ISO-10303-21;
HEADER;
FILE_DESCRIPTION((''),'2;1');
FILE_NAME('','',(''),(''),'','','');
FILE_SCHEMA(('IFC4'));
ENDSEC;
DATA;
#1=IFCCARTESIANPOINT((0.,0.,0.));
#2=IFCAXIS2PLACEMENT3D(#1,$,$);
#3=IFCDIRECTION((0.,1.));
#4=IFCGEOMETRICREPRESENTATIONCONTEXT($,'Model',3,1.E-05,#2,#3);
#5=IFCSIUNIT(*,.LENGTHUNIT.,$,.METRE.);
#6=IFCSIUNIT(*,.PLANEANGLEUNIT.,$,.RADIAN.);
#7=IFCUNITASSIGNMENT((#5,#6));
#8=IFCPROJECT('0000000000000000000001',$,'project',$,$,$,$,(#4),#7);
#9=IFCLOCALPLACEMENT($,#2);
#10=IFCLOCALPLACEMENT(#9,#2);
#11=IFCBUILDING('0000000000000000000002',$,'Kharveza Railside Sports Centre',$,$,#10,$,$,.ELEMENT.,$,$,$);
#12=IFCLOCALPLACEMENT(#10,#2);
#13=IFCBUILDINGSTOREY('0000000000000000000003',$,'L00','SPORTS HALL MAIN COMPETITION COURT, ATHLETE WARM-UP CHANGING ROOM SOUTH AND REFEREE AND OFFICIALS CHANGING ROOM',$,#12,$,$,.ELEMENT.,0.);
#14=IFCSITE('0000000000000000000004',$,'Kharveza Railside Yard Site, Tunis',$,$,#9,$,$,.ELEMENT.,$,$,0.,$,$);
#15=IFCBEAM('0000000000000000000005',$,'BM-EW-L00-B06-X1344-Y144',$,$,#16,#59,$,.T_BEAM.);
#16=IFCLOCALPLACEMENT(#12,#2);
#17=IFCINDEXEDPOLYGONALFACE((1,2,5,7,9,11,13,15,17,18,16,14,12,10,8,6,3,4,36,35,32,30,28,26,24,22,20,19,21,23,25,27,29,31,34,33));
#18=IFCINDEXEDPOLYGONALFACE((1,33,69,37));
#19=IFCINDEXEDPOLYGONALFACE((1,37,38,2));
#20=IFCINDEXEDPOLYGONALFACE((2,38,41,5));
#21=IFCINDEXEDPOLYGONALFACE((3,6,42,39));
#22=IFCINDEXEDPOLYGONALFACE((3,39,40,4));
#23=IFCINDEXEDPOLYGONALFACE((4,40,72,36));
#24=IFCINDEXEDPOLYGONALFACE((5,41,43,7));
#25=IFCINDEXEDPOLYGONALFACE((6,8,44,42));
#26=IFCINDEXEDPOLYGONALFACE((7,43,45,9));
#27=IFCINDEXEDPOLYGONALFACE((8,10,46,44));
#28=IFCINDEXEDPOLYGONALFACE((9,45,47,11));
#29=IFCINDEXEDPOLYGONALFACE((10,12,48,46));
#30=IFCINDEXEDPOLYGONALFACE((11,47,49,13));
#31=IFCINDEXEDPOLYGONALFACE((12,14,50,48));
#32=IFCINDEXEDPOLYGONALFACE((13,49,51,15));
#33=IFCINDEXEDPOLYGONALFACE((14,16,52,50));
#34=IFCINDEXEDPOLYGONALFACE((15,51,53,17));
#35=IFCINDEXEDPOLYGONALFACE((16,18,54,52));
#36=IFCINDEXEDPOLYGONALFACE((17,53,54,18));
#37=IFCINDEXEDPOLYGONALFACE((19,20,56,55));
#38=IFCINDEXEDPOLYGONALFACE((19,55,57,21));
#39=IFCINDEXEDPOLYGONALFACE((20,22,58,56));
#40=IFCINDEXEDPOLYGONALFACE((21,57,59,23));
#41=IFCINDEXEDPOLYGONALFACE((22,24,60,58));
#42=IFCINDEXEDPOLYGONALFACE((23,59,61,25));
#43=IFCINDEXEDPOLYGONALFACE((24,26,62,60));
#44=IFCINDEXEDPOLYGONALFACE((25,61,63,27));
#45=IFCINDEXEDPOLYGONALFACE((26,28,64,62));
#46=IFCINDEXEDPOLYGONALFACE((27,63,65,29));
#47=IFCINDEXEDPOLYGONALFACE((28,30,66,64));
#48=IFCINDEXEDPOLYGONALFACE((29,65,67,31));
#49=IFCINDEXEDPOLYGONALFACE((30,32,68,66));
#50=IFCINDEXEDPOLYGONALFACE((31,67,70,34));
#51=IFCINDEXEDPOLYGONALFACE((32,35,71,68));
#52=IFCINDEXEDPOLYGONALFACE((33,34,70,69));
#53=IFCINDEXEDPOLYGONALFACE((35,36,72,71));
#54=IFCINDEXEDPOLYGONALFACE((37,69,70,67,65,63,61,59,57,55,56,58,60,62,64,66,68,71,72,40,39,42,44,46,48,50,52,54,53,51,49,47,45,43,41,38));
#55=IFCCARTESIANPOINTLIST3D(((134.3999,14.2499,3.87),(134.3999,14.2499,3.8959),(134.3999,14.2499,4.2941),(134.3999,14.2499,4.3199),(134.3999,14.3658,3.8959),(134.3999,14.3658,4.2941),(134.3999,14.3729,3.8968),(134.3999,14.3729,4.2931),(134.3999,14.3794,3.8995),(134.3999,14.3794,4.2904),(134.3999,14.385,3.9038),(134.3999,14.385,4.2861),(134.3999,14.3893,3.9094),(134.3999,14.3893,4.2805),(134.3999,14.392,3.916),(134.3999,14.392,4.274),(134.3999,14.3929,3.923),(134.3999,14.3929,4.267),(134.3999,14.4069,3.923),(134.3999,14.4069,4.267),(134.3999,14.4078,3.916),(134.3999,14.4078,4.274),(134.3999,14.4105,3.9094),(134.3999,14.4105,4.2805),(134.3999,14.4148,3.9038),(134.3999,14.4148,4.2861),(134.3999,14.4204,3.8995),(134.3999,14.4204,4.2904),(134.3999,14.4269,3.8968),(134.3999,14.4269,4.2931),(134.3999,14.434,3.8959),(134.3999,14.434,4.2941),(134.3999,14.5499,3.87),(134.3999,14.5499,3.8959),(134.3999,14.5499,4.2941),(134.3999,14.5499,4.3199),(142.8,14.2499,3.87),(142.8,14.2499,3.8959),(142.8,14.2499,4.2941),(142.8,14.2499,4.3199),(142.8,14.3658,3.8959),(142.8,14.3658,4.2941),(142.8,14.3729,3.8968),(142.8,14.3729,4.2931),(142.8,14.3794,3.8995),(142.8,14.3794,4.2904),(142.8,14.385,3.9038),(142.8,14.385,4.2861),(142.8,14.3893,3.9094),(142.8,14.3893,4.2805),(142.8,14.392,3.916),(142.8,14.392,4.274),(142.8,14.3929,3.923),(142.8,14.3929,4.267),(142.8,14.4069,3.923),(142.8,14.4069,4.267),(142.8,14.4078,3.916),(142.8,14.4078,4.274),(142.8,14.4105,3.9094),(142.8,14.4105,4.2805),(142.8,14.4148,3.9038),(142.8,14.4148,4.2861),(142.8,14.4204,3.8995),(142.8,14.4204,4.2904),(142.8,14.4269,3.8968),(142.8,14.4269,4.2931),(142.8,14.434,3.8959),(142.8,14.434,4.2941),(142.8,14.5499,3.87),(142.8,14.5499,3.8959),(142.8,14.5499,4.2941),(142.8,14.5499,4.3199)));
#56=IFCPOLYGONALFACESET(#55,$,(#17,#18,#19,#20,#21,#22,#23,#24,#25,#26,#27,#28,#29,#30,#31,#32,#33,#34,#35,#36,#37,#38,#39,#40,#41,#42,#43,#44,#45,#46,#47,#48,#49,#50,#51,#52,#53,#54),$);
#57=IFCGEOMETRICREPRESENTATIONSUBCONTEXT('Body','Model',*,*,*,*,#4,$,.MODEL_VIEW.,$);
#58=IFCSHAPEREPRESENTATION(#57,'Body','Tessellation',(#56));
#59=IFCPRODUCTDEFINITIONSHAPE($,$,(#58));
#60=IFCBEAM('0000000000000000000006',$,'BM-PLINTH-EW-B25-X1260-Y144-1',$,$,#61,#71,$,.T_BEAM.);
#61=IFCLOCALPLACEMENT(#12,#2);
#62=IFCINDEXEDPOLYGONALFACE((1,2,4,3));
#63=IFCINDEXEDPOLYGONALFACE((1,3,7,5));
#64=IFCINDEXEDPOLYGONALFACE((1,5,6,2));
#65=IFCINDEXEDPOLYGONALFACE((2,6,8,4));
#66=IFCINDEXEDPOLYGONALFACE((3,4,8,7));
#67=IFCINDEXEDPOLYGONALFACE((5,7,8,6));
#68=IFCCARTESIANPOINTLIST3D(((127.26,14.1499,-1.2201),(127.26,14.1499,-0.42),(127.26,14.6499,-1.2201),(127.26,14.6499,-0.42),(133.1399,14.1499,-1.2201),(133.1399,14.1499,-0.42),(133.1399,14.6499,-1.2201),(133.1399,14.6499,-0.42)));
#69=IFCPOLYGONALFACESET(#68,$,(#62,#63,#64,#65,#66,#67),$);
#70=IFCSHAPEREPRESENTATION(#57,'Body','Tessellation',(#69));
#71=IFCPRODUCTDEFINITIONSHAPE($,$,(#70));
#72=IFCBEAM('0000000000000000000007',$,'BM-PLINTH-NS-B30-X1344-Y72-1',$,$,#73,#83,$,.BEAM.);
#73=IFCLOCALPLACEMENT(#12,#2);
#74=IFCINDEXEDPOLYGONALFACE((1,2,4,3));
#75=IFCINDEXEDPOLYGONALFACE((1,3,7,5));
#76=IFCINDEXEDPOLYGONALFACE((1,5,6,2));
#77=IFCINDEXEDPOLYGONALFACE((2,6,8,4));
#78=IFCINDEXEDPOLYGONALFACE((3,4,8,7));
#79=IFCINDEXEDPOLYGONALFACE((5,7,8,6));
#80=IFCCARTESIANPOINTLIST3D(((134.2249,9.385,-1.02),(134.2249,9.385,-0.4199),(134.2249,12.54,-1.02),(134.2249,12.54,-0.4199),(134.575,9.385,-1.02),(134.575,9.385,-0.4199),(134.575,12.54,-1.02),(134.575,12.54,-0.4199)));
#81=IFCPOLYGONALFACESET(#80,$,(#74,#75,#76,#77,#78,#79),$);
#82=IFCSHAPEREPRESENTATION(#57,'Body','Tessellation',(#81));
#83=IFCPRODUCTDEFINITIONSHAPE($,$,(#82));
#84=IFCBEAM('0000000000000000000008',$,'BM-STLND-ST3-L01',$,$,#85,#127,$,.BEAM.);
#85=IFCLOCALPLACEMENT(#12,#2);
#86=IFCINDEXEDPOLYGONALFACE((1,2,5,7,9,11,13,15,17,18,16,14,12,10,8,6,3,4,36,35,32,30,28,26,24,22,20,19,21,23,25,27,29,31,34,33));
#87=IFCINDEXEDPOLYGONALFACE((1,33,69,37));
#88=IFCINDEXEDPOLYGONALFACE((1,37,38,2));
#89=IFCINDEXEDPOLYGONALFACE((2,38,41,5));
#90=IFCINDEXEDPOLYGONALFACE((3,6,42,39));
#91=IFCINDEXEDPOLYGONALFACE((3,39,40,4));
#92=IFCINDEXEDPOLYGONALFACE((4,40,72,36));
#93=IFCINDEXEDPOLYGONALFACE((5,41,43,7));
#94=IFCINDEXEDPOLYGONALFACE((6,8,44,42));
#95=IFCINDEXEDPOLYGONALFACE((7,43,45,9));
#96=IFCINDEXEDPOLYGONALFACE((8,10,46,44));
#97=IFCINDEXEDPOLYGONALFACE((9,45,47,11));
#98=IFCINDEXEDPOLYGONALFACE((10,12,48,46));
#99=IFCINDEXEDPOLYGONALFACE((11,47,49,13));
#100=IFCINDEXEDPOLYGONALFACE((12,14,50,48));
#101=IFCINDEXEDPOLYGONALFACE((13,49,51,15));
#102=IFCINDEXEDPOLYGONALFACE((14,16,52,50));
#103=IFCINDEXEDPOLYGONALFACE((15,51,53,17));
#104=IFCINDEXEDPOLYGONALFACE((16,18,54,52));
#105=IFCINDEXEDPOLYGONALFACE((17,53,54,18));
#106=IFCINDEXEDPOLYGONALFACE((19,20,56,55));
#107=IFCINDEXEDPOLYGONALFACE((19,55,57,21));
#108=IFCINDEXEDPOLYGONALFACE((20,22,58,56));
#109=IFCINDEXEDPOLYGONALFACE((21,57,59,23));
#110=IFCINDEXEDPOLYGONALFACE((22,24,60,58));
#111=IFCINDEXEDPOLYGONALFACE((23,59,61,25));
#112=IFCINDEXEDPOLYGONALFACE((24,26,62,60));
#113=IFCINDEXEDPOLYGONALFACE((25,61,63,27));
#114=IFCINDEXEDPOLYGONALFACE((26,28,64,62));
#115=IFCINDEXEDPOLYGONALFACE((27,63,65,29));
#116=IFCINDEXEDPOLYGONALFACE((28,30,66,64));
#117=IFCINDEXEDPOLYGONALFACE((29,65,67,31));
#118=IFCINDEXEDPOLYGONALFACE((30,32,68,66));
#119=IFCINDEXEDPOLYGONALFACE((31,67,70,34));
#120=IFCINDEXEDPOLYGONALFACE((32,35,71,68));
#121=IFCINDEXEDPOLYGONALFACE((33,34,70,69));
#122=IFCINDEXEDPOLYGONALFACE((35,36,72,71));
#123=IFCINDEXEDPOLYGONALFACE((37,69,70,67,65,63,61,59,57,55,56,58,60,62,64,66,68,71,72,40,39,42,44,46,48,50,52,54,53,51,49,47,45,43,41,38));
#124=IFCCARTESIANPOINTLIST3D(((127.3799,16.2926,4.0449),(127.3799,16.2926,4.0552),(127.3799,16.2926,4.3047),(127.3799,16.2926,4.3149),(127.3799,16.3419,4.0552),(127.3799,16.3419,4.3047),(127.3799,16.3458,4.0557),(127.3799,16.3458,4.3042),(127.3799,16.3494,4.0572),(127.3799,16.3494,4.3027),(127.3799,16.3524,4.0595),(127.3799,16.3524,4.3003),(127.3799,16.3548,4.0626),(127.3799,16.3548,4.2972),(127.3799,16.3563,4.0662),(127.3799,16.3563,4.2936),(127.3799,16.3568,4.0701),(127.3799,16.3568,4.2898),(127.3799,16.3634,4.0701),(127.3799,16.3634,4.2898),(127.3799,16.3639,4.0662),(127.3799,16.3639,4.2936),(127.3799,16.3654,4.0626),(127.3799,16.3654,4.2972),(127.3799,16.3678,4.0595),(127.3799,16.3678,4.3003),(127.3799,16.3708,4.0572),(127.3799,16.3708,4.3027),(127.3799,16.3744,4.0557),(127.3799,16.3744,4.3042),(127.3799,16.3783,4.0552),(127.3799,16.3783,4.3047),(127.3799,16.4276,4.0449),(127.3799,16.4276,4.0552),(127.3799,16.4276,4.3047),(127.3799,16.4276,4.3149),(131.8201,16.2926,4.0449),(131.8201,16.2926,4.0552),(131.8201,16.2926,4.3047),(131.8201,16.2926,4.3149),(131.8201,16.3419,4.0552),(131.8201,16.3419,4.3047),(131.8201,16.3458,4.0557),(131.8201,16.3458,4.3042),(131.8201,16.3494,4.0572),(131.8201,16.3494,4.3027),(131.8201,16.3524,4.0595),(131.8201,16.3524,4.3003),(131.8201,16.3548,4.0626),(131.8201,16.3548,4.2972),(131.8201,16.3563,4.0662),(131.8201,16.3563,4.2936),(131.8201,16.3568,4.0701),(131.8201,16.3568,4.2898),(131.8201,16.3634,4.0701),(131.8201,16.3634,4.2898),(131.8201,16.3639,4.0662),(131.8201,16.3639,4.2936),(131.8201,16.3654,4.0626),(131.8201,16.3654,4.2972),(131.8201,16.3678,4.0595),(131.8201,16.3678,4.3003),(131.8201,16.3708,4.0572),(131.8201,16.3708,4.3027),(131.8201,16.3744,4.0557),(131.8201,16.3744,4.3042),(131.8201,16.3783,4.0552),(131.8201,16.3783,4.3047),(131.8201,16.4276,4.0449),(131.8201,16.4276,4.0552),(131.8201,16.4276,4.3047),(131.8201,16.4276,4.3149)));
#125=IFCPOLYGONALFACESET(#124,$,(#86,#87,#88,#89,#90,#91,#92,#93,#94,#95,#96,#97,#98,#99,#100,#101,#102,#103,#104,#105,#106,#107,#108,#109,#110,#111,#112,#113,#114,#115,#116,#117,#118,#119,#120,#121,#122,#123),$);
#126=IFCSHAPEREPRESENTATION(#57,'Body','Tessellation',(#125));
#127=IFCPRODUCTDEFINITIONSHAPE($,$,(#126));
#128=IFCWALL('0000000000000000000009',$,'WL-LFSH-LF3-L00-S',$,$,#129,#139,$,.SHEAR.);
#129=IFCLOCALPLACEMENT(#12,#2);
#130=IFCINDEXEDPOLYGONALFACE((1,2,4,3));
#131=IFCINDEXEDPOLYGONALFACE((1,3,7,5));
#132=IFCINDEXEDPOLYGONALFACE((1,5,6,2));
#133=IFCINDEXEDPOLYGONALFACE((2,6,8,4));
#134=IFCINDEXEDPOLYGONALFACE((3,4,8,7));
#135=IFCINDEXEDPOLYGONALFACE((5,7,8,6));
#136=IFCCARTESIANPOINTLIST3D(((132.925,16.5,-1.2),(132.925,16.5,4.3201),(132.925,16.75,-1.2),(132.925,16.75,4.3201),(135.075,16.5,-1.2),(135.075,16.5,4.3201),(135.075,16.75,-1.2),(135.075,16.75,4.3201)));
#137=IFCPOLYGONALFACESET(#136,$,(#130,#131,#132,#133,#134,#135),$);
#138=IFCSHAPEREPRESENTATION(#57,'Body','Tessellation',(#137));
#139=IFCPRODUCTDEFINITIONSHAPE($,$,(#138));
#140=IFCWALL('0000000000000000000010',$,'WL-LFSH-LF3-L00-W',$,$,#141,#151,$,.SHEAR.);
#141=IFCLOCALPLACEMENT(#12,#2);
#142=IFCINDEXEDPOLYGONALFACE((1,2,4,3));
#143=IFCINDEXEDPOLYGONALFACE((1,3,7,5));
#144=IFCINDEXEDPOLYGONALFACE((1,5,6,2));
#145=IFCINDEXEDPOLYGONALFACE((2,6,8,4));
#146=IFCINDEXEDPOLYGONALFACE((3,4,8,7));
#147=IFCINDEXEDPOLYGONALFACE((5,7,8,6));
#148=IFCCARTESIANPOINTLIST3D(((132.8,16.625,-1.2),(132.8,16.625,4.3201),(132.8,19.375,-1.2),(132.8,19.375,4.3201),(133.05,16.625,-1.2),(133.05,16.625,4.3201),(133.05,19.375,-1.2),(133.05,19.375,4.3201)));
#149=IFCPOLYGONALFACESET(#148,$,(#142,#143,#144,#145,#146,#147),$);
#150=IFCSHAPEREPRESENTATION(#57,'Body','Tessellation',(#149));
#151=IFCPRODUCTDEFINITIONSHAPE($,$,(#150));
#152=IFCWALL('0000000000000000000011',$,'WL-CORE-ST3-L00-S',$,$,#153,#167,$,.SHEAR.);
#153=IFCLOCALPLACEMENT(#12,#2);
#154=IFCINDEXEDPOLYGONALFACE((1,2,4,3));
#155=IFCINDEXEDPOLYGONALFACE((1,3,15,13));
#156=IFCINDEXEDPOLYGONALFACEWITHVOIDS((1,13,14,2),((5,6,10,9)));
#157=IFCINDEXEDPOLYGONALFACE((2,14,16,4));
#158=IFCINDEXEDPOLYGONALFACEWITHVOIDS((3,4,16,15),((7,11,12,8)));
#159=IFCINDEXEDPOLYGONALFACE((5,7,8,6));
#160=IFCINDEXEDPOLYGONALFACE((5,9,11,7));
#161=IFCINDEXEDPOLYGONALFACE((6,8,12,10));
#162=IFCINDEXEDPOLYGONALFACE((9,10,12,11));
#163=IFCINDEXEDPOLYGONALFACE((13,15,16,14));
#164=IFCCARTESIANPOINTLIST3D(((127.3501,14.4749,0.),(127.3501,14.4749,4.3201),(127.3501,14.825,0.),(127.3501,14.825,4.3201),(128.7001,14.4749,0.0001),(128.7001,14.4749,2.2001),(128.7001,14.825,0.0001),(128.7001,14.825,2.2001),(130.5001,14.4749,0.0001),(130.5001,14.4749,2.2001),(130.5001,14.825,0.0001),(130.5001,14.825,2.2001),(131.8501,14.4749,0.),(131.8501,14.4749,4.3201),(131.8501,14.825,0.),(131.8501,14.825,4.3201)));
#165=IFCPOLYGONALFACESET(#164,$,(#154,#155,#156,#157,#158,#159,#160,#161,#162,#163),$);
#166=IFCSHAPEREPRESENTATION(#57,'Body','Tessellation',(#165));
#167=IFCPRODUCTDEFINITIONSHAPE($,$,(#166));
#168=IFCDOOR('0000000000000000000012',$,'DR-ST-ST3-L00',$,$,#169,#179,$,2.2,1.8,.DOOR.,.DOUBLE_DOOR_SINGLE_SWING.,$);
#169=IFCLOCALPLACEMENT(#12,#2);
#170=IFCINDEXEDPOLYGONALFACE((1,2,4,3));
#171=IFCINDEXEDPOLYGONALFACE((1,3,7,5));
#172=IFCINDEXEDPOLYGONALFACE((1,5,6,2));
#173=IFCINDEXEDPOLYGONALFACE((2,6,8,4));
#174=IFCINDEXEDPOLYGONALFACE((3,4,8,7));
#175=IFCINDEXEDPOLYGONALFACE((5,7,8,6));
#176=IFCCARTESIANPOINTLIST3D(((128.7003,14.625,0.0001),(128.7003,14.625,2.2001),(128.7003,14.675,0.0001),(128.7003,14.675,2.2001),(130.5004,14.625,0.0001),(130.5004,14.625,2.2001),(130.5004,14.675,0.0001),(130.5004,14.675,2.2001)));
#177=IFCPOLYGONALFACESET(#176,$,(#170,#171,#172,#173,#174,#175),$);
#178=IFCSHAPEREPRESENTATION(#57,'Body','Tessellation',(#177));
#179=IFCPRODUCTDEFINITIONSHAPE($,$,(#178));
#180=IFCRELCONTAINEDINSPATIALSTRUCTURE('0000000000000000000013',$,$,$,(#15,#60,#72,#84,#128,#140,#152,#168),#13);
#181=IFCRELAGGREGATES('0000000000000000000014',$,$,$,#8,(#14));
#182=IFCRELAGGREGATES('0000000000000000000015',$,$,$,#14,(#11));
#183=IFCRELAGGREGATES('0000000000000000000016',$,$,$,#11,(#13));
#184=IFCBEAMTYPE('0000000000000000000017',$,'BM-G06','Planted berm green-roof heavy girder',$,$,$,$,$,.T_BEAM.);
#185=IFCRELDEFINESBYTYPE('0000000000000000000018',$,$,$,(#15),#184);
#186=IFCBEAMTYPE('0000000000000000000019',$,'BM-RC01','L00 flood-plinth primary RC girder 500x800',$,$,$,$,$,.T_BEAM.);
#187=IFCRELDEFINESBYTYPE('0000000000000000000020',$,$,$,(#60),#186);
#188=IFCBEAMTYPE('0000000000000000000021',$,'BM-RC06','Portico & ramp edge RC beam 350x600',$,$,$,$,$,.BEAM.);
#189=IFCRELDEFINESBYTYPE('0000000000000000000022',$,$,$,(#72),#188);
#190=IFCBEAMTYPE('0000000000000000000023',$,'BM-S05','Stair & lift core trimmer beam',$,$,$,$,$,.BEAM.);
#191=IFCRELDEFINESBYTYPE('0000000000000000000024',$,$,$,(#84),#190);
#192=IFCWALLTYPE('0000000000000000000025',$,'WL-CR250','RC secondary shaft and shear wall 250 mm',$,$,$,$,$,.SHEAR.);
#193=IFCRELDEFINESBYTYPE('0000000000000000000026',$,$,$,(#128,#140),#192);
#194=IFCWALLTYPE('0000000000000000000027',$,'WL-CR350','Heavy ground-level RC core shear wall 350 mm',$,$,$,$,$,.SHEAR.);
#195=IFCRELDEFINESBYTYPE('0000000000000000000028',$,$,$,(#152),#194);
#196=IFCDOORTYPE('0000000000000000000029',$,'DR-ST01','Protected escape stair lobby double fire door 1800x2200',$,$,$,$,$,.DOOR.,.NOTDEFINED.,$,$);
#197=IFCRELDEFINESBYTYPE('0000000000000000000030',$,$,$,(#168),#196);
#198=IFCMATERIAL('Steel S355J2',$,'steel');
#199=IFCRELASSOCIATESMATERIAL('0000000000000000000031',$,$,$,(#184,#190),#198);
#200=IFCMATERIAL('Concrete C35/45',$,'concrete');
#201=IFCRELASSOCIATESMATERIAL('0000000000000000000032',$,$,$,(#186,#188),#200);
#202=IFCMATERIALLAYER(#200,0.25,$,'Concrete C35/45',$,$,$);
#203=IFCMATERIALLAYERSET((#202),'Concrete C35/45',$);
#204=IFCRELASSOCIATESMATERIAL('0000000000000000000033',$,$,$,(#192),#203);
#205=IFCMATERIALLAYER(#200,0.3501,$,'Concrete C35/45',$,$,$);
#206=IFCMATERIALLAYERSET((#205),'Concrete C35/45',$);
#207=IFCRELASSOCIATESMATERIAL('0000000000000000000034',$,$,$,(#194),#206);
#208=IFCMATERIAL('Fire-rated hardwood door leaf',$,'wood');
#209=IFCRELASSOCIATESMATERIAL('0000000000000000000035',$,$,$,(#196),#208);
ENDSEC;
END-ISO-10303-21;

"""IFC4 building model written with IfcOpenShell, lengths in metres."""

from ifc_helpers import new_model, si_unit, direction, frame, frame_2d, origin, origin_2d, place, context, subcontext, project, spatial, rectangle, i_section, extrude, material, layer, layer_set, material_profile, profile_set, type_object, element, fill, save


model = new_model("IFC4")

# Units and contexts
model_context = context("Model", 3, precision=1e-05, world=origin(), true_north=direction((0.0, 1.0)))
body_context = subcontext(model_context, "Body", "Model", "MODEL_VIEW")
ifc_project = project(units=[si_unit("LENGTHUNIT", "METRE"), si_unit("PLANEANGLEUNIT", "RADIAN")], contexts=[model_context])

# Site, building, storey
site_placement = place(None, origin())
site = spatial("IfcSite", under=ifc_project, at=site_placement, Name="Kharveza Railside Yard Site, Tunis", CompositionType="ELEMENT", RefElevation=0.0)
building_placement = place(site_placement, origin())
building = spatial("IfcBuilding", under=site, at=building_placement, Name="Kharveza Railside Sports Centre", CompositionType="ELEMENT")
storey_placement = place(building_placement, origin())
storey = spatial("IfcBuildingStorey", under=building, at=storey_placement, Name="L00", Description="SPORTS HALL MAIN COMPETITION COURT, ATHLETE WARM-UP CHANGING ROOM SOUTH AND REFEREE AND OFFICIALS CHANGING ROOM", CompositionType="ELEMENT", Elevation=0.0)

# Shared definitions
ifc_material_1 = material(Name="Concrete C35/45", Category="concrete")

# Shared definitions
ifc_material_2 = material(Name="Steel S355J2", Category="steel")

# Beams
ifc_material_profile_1 = material_profile(ifc_material_2, i_section(OverallWidth=0.3, OverallDepth=0.45, WebThickness=0.0139, FlangeThickness=0.0259, FilletRadius=0.0271, at=origin_2d()), Name="HEB 450")
ifc_profile_set_1 = profile_set([ifc_material_profile_1], Name="Steel S355J2")
beam_type_1 = type_object("IfcBeamType", Name="BM-G06", Description="Planted berm green-roof heavy girder", PredefinedType="T_BEAM", material=ifc_profile_set_1)
beam_1_placement = place(storey_placement, frame((134.3999, 14.3999, 4.095), z_axis=(1.0, 0.0, 0.0), x_axis=(0.0, 1.0, 0.0)))
element("IfcBeam", 1, at=beam_1_placement, inside=storey, type_object=beam_type_1, Name="BM-EW-L00-B06-X1344-Y144", PredefinedType="T_BEAM", context=body_context, shape_type="SweptSolid", body=[
    extrude(i_section(OverallWidth=0.3, OverallDepth=0.45, WebThickness=0.0139, FlangeThickness=0.0259, FilletRadius=0.0271, at=origin_2d()), origin(), (0.0, 0.0, 1.0), 8.4001),
])
ifc_material_profile_2 = material_profile(ifc_material_1, rectangle(XDim=0.5, YDim=0.8, at=origin_2d()), Name="RCB 500x800")
ifc_profile_set_2 = profile_set([ifc_material_profile_2], Name="Concrete C35/45")
beam_type_2 = type_object("IfcBeamType", Name="BM-RC01", Description="L00 flood-plinth primary RC girder 500x800", PredefinedType="T_BEAM", material=ifc_profile_set_2)
beam_2_placement = place(storey_placement, frame((127.26, 14.3999, -0.8201), z_axis=(1.0, 0.0, 0.0), x_axis=(0.0, 1.0, 0.0)))
element("IfcBeam", 2, at=beam_2_placement, inside=storey, type_object=beam_type_2, Name="BM-PLINTH-EW-B25-X1260-Y144-1", PredefinedType="T_BEAM", context=body_context, shape_type="SweptSolid", body=[
    extrude(rectangle(XDim=0.5, YDim=0.8, at=origin_2d()), origin(), (0.0, 0.0, 1.0), 5.8799),
])
ifc_material_profile_3 = material_profile(ifc_material_1, rectangle(XDim=0.3501, YDim=0.6001, at=origin_2d()), Name="RCB 350x600")
ifc_profile_set_3 = profile_set([ifc_material_profile_3], Name="Concrete C35/45")
beam_type_3 = type_object("IfcBeamType", Name="BM-RC06", Description="Portico & ramp edge RC beam 350x600", PredefinedType="BEAM", material=ifc_profile_set_3)
beam_3_placement = place(storey_placement, frame((134.3999, 9.385, -0.72), z_axis=(0.0, 1.0, 0.0), x_axis=(-1.0, 0.0, 0.0)))
element("IfcBeam", 3, at=beam_3_placement, inside=storey, type_object=beam_type_3, Name="BM-PLINTH-NS-B30-X1344-Y72-1", PredefinedType="BEAM", context=body_context, shape_type="SweptSolid", body=[
    extrude(rectangle(XDim=0.3501, YDim=0.6001, at=origin_2d()), origin(), (0.0, 0.0, 1.0), 3.155),
])
ifc_material_profile_4 = material_profile(ifc_material_2, i_section(OverallWidth=0.135, OverallDepth=0.27, WebThickness=0.0066, FlangeThickness=0.0103, FilletRadius=0.0149, at=origin_2d()), Name="IPE 270")
ifc_profile_set_4 = profile_set([ifc_material_profile_4], Name="Steel S355J2")
beam_type_4 = type_object("IfcBeamType", Name="BM-S05", Description="Stair & lift core trimmer beam", PredefinedType="BEAM", material=ifc_profile_set_4)
beam_4_placement = place(storey_placement, frame((127.3799, 16.3601, 4.1799), z_axis=(1.0, 0.0, 0.0), x_axis=(0.0, 1.0, 0.0)))
element("IfcBeam", 4, at=beam_4_placement, inside=storey, type_object=beam_type_4, Name="BM-STLND-ST3-L01", PredefinedType="BEAM", context=body_context, shape_type="SweptSolid", body=[
    extrude(i_section(OverallWidth=0.135, OverallDepth=0.27, WebThickness=0.0066, FlangeThickness=0.0103, FilletRadius=0.0149, at=origin_2d()), origin(), (0.0, 0.0, 1.0), 4.4402),
])

# Walls
ifc_layer_1 = layer(ifc_material_1, 0.25, Name="Concrete C35/45")
ifc_layer_set_1 = layer_set([ifc_layer_1], Name="Concrete C35/45")
wall_type_1 = type_object("IfcWallType", Name="WL-CR250", Description="RC secondary shaft and shear wall 250 mm", PredefinedType="SHEAR", material=ifc_layer_set_1)
wall_1_placement = place(storey_placement, frame((132.925, 16.625, -1.2), z_axis=(0.0, 0.0, 1.0), x_axis=(1.0, 0.0, 0.0)))
element("IfcWall", 5, at=wall_1_placement, inside=storey, type_object=wall_type_1, Name="WL-LFSH-LF3-L00-S", PredefinedType="SHEAR", context=body_context, shape_type="SweptSolid", body=[
    extrude(rectangle(XDim=2.1499, YDim=0.25, at=frame_2d((1.075, 0.0))), origin(), (0.0, 0.0, 1.0), 5.52),
])
wall_2_placement = place(storey_placement, frame((132.925, 19.375, -1.2), z_axis=(0.0, 0.0, 1.0), x_axis=(0.0, -1.0, 0.0)))
element("IfcWall", 6, at=wall_2_placement, inside=storey, type_object=wall_type_1, Name="WL-LFSH-LF3-L00-W", PredefinedType="SHEAR", context=body_context, shape_type="SweptSolid", body=[
    extrude(rectangle(XDim=2.75, YDim=0.25, at=frame_2d((1.375, 0.0))), origin(), (0.0, 0.0, 1.0), 5.52),
])

# Wall, opening, door
ifc_layer_2 = layer(ifc_material_1, 0.3501, Name="Concrete C35/45")
ifc_layer_set_2 = layer_set([ifc_layer_2], Name="Concrete C35/45")
wall_type_2 = type_object("IfcWallType", Name="WL-CR350", Description="Heavy ground-level RC core shear wall 350 mm", PredefinedType="SHEAR", material=ifc_layer_set_2)
wall_3_placement = place(storey_placement, frame((127.3501, 14.6499, 0.0), z_axis=(0.0, 0.0, 1.0), x_axis=(1.0, 0.0, 0.0)))
wall_3 = element("IfcWall", 7, at=wall_3_placement, inside=storey, type_object=wall_type_2, Name="WL-CORE-ST3-L00-S", PredefinedType="SHEAR", context=body_context, shape_type="SweptSolid", body=[
    extrude(rectangle(XDim=4.5, YDim=0.3501, at=frame_2d((2.25, 0.0))), origin(), (0.0, 0.0, 1.0), 4.3201),
])
opening_placement = place(wall_3_placement, frame((1.3501, 0.0, 0.0)))
opening = element("IfcOpeningElement", 8, at=opening_placement, cuts=wall_3, PredefinedType="OPENING", context=body_context, shape_type="SweptSolid", body=[
    extrude(rectangle(XDim=1.8, YDim=2.2, at=frame_2d((0.8999, 1.1001))), frame((0.0, 0.2, 0.0), z_axis=(0.0, -1.0, 0.0), x_axis=(1.0, 0.0, 0.0)), (0.0, 0.0, 1.0), 0.3999),
])
ifc_material_3 = material(Name="Fire-rated hardwood door leaf", Category="wood")
door_type = type_object("IfcDoorType", Name="DR-ST01", Description="Protected escape stair lobby double fire door 1800x2200", OperationType="NOTDEFINED", PredefinedType="DOOR", material=ifc_material_3)
door_placement = place(opening_placement, frame((1.8, 0.0, 0.0), z_axis=(0.0, 0.0, 1.0), x_axis=(-1.0, 0.0, 0.0)))
door = element("IfcDoor", 9, at=door_placement, inside=storey, type_object=door_type, Name="DR-ST-ST3-L00", OperationType="DOUBLE_DOOR_SINGLE_SWING", OverallHeight=2.2, OverallWidth=1.8, PredefinedType="DOOR", context=body_context, shape_type="SweptSolid", body=[
    extrude(rectangle(XDim=1.8, YDim=2.2, at=frame_2d((0.8999, 1.1001))), frame((0.0, 0.0249, 0.0), z_axis=(0.0, -1.0, 0.0), x_axis=(1.0, 0.0, 0.0)), (0.0, 0.0, 1.0), 0.05),
])
fill(opening, door)

save(model, "model.ifc")
